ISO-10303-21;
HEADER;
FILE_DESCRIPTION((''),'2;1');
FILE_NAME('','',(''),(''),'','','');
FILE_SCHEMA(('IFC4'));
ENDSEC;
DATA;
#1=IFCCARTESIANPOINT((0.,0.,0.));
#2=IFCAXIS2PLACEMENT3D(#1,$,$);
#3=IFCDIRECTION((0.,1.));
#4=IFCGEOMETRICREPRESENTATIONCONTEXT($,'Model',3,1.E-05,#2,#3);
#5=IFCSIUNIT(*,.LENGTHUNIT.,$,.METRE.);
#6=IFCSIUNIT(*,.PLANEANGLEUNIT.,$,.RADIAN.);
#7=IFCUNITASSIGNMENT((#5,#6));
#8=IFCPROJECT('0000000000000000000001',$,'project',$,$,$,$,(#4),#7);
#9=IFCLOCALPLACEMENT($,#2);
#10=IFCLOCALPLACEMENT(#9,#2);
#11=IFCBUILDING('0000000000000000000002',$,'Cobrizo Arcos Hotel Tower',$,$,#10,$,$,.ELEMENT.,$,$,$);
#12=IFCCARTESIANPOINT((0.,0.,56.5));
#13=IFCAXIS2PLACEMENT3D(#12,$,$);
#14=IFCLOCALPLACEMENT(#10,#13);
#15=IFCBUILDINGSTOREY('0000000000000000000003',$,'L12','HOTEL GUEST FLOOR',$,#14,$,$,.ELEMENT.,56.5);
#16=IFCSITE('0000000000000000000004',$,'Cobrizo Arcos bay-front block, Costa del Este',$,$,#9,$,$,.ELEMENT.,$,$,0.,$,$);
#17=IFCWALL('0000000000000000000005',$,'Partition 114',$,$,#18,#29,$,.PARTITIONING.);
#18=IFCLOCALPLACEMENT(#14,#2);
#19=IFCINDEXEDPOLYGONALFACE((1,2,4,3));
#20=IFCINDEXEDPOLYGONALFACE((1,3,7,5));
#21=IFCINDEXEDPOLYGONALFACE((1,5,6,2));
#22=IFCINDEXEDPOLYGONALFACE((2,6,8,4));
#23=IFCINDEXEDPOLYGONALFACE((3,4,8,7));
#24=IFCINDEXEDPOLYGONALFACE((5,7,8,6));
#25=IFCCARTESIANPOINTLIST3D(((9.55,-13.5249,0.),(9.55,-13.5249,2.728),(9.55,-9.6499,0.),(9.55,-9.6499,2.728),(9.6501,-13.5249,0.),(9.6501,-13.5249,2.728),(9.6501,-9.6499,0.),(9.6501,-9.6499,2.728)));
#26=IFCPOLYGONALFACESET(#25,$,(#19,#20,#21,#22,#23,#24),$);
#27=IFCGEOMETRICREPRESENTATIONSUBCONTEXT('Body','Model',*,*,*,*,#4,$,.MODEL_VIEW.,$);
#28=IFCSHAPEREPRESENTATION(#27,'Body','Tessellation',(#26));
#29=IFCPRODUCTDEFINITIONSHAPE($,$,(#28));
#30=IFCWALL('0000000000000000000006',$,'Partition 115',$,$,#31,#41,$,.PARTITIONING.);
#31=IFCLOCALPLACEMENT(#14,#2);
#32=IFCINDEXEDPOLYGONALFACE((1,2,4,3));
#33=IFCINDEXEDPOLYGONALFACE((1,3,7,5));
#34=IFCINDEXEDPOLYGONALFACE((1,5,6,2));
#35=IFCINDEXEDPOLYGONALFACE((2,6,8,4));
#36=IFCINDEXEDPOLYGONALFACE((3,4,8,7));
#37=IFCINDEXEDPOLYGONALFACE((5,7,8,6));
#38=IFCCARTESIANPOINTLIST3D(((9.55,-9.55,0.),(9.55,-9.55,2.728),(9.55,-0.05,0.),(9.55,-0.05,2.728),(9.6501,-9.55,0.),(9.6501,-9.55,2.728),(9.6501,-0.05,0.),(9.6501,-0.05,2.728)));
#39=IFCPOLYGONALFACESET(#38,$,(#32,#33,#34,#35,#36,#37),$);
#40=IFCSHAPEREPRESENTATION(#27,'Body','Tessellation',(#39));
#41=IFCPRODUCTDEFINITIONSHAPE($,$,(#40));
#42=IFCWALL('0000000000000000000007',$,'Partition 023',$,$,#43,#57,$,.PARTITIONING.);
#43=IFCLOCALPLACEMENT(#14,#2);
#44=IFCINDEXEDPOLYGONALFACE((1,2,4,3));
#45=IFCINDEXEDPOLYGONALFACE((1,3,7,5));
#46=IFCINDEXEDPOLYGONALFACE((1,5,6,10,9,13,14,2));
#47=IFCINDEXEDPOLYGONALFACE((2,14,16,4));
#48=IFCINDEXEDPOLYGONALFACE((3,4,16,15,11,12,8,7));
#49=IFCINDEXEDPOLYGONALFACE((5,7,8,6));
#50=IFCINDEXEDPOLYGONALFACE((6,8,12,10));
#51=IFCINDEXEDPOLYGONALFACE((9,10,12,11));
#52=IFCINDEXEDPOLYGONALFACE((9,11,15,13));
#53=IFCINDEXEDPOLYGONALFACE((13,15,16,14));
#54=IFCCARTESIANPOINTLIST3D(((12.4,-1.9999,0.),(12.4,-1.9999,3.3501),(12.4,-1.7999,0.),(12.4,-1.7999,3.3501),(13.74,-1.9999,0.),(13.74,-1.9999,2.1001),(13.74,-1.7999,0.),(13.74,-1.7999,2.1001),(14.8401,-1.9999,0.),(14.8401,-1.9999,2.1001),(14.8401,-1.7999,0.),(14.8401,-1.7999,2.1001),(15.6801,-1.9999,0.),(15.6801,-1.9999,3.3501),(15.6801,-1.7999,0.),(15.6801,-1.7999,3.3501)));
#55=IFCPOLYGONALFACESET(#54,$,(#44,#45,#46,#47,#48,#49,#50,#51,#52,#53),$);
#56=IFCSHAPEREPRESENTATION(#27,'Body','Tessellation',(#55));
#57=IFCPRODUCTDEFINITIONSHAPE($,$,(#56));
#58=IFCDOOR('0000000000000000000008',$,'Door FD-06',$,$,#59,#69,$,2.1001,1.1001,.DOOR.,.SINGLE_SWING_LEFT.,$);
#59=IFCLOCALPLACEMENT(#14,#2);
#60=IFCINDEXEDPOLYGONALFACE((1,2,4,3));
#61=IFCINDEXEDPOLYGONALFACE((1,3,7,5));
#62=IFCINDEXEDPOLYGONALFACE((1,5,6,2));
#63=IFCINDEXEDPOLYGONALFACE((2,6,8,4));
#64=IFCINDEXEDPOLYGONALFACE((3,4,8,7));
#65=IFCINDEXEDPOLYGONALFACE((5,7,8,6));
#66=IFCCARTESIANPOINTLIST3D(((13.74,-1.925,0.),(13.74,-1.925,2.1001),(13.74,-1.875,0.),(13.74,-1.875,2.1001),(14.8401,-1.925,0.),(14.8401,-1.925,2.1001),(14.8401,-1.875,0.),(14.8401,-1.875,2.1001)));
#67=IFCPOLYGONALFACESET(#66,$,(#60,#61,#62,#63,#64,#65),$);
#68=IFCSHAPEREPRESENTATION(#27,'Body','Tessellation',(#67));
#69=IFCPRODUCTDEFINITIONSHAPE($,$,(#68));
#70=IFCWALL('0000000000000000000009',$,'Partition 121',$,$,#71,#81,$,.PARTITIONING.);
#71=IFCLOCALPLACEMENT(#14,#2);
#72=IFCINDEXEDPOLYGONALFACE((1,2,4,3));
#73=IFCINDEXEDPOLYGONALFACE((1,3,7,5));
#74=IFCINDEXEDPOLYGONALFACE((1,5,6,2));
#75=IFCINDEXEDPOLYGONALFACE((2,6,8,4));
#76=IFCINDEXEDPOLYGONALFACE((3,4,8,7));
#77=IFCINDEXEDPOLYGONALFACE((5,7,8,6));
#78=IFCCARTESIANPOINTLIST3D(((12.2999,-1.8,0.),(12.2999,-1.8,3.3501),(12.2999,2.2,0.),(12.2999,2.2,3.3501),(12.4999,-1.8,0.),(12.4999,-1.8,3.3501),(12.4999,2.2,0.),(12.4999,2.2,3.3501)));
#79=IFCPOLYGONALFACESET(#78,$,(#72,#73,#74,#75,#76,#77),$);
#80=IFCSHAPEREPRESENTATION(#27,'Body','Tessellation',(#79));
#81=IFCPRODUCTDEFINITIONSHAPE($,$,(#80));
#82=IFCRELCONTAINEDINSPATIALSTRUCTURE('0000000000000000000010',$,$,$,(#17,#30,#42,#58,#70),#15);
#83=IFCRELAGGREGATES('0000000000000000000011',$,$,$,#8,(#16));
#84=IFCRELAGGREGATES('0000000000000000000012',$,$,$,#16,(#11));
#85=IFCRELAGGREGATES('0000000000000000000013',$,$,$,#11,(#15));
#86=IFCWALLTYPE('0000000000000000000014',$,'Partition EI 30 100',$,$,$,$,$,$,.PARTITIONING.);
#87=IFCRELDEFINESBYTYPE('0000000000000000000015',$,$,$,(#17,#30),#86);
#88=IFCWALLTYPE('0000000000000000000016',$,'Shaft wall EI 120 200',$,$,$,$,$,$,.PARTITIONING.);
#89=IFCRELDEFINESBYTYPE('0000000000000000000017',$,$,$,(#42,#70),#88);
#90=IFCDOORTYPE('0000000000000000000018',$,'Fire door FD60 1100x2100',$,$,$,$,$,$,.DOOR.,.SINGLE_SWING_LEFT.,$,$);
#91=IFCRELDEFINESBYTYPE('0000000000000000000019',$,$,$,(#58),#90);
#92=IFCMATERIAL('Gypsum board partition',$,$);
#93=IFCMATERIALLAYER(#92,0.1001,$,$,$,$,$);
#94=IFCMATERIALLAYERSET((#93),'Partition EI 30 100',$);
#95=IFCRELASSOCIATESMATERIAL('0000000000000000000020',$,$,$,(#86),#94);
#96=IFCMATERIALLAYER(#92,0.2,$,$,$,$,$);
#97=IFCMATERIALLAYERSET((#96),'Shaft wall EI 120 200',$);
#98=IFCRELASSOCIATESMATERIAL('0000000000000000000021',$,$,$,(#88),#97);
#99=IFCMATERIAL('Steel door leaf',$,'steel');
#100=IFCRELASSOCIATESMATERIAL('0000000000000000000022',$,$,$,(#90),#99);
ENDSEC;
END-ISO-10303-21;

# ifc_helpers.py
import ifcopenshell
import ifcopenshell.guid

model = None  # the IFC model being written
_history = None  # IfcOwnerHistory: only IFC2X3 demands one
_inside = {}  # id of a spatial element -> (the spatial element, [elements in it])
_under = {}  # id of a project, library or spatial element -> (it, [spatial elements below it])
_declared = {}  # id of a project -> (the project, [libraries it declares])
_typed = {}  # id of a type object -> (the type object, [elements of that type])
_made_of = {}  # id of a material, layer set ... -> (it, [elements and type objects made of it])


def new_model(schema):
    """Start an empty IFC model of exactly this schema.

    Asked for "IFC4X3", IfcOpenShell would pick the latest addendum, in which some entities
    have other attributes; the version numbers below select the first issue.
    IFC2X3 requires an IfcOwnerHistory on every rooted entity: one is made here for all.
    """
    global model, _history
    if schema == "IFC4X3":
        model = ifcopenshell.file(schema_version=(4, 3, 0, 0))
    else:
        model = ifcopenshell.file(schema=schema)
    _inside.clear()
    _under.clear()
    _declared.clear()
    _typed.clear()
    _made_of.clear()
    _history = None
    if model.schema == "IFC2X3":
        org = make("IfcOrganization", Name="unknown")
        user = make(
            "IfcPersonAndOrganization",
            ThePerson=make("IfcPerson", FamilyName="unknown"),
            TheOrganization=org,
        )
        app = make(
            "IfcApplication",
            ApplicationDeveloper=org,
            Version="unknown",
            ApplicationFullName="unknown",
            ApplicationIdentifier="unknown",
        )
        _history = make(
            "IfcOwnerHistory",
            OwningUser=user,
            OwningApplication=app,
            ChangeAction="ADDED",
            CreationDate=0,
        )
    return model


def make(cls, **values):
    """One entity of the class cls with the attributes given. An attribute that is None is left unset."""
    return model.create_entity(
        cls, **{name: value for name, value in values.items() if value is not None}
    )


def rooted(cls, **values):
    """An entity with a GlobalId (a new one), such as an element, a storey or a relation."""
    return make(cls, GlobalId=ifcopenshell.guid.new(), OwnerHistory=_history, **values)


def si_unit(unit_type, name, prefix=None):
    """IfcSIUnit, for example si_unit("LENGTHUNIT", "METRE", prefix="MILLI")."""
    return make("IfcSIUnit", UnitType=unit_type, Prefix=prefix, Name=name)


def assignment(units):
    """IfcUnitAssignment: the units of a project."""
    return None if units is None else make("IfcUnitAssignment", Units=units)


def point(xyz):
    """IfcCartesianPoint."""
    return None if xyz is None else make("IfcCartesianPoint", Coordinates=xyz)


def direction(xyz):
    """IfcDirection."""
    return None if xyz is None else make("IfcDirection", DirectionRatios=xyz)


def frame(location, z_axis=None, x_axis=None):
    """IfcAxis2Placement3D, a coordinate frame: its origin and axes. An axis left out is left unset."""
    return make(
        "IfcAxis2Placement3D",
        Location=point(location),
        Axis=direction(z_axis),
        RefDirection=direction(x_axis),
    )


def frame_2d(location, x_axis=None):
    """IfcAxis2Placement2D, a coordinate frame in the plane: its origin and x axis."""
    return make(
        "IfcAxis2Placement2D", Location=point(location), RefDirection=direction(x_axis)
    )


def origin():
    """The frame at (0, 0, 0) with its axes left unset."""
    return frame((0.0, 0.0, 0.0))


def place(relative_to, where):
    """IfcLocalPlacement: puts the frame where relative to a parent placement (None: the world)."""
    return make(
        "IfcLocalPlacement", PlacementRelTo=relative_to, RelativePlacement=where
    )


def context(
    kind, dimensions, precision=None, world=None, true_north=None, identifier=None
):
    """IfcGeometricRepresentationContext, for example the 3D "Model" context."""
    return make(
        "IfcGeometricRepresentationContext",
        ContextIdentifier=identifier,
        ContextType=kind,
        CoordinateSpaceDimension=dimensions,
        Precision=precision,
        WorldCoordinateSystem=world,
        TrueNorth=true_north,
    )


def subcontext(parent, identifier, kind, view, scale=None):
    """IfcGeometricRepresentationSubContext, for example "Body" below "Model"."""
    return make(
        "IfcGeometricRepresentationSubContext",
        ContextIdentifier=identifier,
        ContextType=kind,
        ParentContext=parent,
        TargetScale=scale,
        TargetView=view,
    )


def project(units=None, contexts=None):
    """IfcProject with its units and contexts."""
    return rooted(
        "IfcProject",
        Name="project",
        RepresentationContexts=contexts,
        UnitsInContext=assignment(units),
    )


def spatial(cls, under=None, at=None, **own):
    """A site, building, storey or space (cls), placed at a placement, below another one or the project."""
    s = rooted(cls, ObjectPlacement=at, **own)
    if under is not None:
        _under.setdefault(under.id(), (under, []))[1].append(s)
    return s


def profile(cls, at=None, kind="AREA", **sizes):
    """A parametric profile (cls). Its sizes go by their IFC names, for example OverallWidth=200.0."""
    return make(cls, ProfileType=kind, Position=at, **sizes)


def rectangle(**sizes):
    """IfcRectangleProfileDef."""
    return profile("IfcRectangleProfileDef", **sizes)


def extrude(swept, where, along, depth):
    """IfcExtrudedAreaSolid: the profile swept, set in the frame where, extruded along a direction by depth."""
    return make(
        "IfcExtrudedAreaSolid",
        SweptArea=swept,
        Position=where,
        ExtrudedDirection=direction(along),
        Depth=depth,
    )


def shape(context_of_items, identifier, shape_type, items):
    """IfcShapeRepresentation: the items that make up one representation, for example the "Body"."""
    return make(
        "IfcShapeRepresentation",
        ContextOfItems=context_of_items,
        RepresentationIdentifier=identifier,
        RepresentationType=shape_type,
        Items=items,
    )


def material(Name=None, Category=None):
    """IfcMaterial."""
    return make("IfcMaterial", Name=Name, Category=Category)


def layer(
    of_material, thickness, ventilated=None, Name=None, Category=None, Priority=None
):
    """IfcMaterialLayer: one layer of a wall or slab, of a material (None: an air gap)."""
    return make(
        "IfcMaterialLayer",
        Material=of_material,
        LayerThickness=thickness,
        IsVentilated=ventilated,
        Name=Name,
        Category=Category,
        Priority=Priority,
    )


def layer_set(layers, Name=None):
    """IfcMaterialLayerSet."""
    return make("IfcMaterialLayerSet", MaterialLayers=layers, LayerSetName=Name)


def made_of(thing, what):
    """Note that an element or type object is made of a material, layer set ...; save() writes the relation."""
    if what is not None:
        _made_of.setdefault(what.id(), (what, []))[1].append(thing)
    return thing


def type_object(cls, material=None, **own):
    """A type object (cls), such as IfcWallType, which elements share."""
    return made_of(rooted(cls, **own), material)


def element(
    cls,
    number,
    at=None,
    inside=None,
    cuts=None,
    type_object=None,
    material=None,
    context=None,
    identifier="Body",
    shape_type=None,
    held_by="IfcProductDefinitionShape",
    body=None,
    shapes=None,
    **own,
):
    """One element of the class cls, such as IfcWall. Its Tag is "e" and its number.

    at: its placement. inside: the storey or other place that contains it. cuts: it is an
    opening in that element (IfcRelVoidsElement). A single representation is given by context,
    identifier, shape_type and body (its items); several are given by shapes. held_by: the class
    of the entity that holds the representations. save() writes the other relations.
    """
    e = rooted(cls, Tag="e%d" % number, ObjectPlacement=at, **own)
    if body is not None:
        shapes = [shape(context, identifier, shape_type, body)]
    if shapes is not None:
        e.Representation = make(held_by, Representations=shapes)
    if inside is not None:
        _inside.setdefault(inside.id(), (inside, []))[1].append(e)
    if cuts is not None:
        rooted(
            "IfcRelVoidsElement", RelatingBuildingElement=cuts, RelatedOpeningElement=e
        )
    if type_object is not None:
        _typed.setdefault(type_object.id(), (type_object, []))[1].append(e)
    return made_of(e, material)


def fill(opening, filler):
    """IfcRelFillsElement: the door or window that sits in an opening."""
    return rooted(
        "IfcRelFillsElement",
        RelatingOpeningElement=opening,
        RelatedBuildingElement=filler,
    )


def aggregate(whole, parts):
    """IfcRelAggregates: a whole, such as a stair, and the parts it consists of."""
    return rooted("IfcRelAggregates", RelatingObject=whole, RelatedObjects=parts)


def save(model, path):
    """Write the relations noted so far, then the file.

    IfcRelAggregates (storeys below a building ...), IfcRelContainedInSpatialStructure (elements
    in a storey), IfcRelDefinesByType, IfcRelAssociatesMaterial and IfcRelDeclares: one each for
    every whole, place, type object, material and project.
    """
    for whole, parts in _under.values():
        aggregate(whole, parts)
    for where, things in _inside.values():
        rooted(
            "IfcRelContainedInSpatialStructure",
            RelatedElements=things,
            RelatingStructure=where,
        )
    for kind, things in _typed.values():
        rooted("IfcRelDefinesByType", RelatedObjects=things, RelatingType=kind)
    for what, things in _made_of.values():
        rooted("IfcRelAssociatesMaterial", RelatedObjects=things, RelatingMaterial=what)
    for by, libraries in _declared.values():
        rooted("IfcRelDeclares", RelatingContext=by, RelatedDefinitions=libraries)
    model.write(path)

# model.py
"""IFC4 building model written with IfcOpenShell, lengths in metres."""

from ifc_helpers import new_model, si_unit, direction, frame, frame_2d, origin, place, context, subcontext, project, spatial, rectangle, extrude, material, layer, layer_set, type_object, element, fill, save


model = new_model("IFC4")

# Units and contexts
model_context = context("Model", 3, precision=1e-05, world=origin(), true_north=direction((0.0, 1.0)))
body_context = subcontext(model_context, "Body", "Model", "MODEL_VIEW")
ifc_project = project(units=[si_unit("LENGTHUNIT", "METRE"), si_unit("PLANEANGLEUNIT", "RADIAN")], contexts=[model_context])

# Site, building, storey
site_placement = place(None, origin())
site = spatial("IfcSite", under=ifc_project, at=site_placement, Name="Cobrizo Arcos bay-front block, Costa del Este", CompositionType="ELEMENT", RefElevation=0.0)
building_placement = place(site_placement, origin())
building = spatial("IfcBuilding", under=site, at=building_placement, Name="Cobrizo Arcos Hotel Tower", CompositionType="ELEMENT")
storey_placement = place(building_placement, frame((0.0, 0.0, 56.5)))
storey = spatial("IfcBuildingStorey", under=building, at=storey_placement, Name="L12", Description="HOTEL GUEST FLOOR", CompositionType="ELEMENT", Elevation=56.5)

# Shared definitions
ifc_material_1 = material(Name="Gypsum board partition")

# Walls
ifc_layer_1 = layer(ifc_material_1, 0.1001)
ifc_layer_set_1 = layer_set([ifc_layer_1], Name="Partition EI 30 100")
wall_type_1 = type_object("IfcWallType", Name="Partition EI 30 100", PredefinedType="PARTITIONING", material=ifc_layer_set_1)
wall_1_placement = place(storey_placement, frame((9.6001, -13.5249, 0.0), z_axis=(0.0, 0.0, 1.0), x_axis=(0.0, 1.0, 0.0)))
element("IfcWall", 1, at=wall_1_placement, inside=storey, type_object=wall_type_1, Name="Partition 114", PredefinedType="PARTITIONING", context=body_context, shape_type="SweptSolid", body=[
    extrude(rectangle(XDim=3.875, YDim=0.1001, at=frame_2d((1.9375, 0.0))), origin(), (0.0, 0.0, 1.0), 2.728),
])
wall_2_placement = place(storey_placement, frame((9.6001, -9.55, 0.0), z_axis=(0.0, 0.0, 1.0), x_axis=(0.0, 1.0, 0.0)))
element("IfcWall", 2, at=wall_2_placement, inside=storey, type_object=wall_type_1, Name="Partition 115", PredefinedType="PARTITIONING", context=body_context, shape_type="SweptSolid", body=[
    extrude(rectangle(XDim=9.5, YDim=0.1001, at=frame_2d((4.75, 0.0))), origin(), (0.0, 0.0, 1.0), 2.728),
])

# Wall, opening, door
ifc_layer_2 = layer(ifc_material_1, 0.2)
ifc_layer_set_2 = layer_set([ifc_layer_2], Name="Shaft wall EI 120 200")
wall_type_2 = type_object("IfcWallType", Name="Shaft wall EI 120 200", PredefinedType="PARTITIONING", material=ifc_layer_set_2)
wall_3_placement = place(storey_placement, frame((12.3999, -1.8999, 0.0), z_axis=(0.0, 0.0, 1.0), x_axis=(1.0, 0.0, 0.0)))
wall_3 = element("IfcWall", 3, at=wall_3_placement, inside=storey, type_object=wall_type_2, Name="Partition 023", PredefinedType="PARTITIONING", context=body_context, shape_type="SweptSolid", body=[
    extrude(rectangle(XDim=3.28, YDim=0.2, at=frame_2d((1.6401, 0.0))), origin(), (0.0, 0.0, 1.0), 3.3501),
])
opening_1_placement = place(wall_3_placement, frame((1.3401, 0.0, 0.0)))
opening_1 = element("IfcOpeningElement", 4, at=opening_1_placement, cuts=wall_3, PredefinedType="OPENING", context=body_context, shape_type="SweptSolid", body=[
    extrude(rectangle(XDim=1.1001, YDim=2.1001, at=frame_2d((0.55, 1.05))), frame((0.0, 0.1121, 0.0), z_axis=(0.0, -1.0, 0.0), x_axis=(1.0, 0.0, 0.0)), (0.0, 0.0, 1.0), 0.2239),
])
ifc_material_2 = material(Name="Steel door leaf", Category="steel")
door_type_1 = type_object("IfcDoorType", Name="Fire door FD60 1100x2100", OperationType="SINGLE_SWING_LEFT", PredefinedType="DOOR", material=ifc_material_2)
door_1_placement = place(opening_1_placement, origin())
door_1 = element("IfcDoor", 5, at=door_1_placement, inside=storey, type_object=door_type_1, Name="Door FD-06", OperationType="SINGLE_SWING_LEFT", OverallHeight=2.1001, OverallWidth=1.1001, PredefinedType="DOOR", context=body_context, shape_type="SweptSolid", body=[
    extrude(rectangle(XDim=1.1001, YDim=2.1001, at=frame_2d((0.55, 1.05))), frame((0.0, 0.0249, 0.0), z_axis=(0.0, -1.0, 0.0), x_axis=(1.0, 0.0, 0.0)), (0.0, 0.0, 1.0), 0.05),
])
fill(opening_1, door_1)

# Wall
wall_4_placement = place(storey_placement, frame((12.3999, -1.8, 0.0), z_axis=(0.0, 0.0, 1.0), x_axis=(0.0, 1.0, 0.0)))
element("IfcWall", 6, at=wall_4_placement, inside=storey, type_object=wall_type_2, Name="Partition 121", PredefinedType="PARTITIONING", context=body_context, shape_type="SweptSolid", body=[
    extrude(rectangle(XDim=4.0, YDim=0.2, at=frame_2d((2.0, 0.0))), origin(), (0.0, 0.0, 1.0), 3.3501),
])

save(model, "model.ifc")
